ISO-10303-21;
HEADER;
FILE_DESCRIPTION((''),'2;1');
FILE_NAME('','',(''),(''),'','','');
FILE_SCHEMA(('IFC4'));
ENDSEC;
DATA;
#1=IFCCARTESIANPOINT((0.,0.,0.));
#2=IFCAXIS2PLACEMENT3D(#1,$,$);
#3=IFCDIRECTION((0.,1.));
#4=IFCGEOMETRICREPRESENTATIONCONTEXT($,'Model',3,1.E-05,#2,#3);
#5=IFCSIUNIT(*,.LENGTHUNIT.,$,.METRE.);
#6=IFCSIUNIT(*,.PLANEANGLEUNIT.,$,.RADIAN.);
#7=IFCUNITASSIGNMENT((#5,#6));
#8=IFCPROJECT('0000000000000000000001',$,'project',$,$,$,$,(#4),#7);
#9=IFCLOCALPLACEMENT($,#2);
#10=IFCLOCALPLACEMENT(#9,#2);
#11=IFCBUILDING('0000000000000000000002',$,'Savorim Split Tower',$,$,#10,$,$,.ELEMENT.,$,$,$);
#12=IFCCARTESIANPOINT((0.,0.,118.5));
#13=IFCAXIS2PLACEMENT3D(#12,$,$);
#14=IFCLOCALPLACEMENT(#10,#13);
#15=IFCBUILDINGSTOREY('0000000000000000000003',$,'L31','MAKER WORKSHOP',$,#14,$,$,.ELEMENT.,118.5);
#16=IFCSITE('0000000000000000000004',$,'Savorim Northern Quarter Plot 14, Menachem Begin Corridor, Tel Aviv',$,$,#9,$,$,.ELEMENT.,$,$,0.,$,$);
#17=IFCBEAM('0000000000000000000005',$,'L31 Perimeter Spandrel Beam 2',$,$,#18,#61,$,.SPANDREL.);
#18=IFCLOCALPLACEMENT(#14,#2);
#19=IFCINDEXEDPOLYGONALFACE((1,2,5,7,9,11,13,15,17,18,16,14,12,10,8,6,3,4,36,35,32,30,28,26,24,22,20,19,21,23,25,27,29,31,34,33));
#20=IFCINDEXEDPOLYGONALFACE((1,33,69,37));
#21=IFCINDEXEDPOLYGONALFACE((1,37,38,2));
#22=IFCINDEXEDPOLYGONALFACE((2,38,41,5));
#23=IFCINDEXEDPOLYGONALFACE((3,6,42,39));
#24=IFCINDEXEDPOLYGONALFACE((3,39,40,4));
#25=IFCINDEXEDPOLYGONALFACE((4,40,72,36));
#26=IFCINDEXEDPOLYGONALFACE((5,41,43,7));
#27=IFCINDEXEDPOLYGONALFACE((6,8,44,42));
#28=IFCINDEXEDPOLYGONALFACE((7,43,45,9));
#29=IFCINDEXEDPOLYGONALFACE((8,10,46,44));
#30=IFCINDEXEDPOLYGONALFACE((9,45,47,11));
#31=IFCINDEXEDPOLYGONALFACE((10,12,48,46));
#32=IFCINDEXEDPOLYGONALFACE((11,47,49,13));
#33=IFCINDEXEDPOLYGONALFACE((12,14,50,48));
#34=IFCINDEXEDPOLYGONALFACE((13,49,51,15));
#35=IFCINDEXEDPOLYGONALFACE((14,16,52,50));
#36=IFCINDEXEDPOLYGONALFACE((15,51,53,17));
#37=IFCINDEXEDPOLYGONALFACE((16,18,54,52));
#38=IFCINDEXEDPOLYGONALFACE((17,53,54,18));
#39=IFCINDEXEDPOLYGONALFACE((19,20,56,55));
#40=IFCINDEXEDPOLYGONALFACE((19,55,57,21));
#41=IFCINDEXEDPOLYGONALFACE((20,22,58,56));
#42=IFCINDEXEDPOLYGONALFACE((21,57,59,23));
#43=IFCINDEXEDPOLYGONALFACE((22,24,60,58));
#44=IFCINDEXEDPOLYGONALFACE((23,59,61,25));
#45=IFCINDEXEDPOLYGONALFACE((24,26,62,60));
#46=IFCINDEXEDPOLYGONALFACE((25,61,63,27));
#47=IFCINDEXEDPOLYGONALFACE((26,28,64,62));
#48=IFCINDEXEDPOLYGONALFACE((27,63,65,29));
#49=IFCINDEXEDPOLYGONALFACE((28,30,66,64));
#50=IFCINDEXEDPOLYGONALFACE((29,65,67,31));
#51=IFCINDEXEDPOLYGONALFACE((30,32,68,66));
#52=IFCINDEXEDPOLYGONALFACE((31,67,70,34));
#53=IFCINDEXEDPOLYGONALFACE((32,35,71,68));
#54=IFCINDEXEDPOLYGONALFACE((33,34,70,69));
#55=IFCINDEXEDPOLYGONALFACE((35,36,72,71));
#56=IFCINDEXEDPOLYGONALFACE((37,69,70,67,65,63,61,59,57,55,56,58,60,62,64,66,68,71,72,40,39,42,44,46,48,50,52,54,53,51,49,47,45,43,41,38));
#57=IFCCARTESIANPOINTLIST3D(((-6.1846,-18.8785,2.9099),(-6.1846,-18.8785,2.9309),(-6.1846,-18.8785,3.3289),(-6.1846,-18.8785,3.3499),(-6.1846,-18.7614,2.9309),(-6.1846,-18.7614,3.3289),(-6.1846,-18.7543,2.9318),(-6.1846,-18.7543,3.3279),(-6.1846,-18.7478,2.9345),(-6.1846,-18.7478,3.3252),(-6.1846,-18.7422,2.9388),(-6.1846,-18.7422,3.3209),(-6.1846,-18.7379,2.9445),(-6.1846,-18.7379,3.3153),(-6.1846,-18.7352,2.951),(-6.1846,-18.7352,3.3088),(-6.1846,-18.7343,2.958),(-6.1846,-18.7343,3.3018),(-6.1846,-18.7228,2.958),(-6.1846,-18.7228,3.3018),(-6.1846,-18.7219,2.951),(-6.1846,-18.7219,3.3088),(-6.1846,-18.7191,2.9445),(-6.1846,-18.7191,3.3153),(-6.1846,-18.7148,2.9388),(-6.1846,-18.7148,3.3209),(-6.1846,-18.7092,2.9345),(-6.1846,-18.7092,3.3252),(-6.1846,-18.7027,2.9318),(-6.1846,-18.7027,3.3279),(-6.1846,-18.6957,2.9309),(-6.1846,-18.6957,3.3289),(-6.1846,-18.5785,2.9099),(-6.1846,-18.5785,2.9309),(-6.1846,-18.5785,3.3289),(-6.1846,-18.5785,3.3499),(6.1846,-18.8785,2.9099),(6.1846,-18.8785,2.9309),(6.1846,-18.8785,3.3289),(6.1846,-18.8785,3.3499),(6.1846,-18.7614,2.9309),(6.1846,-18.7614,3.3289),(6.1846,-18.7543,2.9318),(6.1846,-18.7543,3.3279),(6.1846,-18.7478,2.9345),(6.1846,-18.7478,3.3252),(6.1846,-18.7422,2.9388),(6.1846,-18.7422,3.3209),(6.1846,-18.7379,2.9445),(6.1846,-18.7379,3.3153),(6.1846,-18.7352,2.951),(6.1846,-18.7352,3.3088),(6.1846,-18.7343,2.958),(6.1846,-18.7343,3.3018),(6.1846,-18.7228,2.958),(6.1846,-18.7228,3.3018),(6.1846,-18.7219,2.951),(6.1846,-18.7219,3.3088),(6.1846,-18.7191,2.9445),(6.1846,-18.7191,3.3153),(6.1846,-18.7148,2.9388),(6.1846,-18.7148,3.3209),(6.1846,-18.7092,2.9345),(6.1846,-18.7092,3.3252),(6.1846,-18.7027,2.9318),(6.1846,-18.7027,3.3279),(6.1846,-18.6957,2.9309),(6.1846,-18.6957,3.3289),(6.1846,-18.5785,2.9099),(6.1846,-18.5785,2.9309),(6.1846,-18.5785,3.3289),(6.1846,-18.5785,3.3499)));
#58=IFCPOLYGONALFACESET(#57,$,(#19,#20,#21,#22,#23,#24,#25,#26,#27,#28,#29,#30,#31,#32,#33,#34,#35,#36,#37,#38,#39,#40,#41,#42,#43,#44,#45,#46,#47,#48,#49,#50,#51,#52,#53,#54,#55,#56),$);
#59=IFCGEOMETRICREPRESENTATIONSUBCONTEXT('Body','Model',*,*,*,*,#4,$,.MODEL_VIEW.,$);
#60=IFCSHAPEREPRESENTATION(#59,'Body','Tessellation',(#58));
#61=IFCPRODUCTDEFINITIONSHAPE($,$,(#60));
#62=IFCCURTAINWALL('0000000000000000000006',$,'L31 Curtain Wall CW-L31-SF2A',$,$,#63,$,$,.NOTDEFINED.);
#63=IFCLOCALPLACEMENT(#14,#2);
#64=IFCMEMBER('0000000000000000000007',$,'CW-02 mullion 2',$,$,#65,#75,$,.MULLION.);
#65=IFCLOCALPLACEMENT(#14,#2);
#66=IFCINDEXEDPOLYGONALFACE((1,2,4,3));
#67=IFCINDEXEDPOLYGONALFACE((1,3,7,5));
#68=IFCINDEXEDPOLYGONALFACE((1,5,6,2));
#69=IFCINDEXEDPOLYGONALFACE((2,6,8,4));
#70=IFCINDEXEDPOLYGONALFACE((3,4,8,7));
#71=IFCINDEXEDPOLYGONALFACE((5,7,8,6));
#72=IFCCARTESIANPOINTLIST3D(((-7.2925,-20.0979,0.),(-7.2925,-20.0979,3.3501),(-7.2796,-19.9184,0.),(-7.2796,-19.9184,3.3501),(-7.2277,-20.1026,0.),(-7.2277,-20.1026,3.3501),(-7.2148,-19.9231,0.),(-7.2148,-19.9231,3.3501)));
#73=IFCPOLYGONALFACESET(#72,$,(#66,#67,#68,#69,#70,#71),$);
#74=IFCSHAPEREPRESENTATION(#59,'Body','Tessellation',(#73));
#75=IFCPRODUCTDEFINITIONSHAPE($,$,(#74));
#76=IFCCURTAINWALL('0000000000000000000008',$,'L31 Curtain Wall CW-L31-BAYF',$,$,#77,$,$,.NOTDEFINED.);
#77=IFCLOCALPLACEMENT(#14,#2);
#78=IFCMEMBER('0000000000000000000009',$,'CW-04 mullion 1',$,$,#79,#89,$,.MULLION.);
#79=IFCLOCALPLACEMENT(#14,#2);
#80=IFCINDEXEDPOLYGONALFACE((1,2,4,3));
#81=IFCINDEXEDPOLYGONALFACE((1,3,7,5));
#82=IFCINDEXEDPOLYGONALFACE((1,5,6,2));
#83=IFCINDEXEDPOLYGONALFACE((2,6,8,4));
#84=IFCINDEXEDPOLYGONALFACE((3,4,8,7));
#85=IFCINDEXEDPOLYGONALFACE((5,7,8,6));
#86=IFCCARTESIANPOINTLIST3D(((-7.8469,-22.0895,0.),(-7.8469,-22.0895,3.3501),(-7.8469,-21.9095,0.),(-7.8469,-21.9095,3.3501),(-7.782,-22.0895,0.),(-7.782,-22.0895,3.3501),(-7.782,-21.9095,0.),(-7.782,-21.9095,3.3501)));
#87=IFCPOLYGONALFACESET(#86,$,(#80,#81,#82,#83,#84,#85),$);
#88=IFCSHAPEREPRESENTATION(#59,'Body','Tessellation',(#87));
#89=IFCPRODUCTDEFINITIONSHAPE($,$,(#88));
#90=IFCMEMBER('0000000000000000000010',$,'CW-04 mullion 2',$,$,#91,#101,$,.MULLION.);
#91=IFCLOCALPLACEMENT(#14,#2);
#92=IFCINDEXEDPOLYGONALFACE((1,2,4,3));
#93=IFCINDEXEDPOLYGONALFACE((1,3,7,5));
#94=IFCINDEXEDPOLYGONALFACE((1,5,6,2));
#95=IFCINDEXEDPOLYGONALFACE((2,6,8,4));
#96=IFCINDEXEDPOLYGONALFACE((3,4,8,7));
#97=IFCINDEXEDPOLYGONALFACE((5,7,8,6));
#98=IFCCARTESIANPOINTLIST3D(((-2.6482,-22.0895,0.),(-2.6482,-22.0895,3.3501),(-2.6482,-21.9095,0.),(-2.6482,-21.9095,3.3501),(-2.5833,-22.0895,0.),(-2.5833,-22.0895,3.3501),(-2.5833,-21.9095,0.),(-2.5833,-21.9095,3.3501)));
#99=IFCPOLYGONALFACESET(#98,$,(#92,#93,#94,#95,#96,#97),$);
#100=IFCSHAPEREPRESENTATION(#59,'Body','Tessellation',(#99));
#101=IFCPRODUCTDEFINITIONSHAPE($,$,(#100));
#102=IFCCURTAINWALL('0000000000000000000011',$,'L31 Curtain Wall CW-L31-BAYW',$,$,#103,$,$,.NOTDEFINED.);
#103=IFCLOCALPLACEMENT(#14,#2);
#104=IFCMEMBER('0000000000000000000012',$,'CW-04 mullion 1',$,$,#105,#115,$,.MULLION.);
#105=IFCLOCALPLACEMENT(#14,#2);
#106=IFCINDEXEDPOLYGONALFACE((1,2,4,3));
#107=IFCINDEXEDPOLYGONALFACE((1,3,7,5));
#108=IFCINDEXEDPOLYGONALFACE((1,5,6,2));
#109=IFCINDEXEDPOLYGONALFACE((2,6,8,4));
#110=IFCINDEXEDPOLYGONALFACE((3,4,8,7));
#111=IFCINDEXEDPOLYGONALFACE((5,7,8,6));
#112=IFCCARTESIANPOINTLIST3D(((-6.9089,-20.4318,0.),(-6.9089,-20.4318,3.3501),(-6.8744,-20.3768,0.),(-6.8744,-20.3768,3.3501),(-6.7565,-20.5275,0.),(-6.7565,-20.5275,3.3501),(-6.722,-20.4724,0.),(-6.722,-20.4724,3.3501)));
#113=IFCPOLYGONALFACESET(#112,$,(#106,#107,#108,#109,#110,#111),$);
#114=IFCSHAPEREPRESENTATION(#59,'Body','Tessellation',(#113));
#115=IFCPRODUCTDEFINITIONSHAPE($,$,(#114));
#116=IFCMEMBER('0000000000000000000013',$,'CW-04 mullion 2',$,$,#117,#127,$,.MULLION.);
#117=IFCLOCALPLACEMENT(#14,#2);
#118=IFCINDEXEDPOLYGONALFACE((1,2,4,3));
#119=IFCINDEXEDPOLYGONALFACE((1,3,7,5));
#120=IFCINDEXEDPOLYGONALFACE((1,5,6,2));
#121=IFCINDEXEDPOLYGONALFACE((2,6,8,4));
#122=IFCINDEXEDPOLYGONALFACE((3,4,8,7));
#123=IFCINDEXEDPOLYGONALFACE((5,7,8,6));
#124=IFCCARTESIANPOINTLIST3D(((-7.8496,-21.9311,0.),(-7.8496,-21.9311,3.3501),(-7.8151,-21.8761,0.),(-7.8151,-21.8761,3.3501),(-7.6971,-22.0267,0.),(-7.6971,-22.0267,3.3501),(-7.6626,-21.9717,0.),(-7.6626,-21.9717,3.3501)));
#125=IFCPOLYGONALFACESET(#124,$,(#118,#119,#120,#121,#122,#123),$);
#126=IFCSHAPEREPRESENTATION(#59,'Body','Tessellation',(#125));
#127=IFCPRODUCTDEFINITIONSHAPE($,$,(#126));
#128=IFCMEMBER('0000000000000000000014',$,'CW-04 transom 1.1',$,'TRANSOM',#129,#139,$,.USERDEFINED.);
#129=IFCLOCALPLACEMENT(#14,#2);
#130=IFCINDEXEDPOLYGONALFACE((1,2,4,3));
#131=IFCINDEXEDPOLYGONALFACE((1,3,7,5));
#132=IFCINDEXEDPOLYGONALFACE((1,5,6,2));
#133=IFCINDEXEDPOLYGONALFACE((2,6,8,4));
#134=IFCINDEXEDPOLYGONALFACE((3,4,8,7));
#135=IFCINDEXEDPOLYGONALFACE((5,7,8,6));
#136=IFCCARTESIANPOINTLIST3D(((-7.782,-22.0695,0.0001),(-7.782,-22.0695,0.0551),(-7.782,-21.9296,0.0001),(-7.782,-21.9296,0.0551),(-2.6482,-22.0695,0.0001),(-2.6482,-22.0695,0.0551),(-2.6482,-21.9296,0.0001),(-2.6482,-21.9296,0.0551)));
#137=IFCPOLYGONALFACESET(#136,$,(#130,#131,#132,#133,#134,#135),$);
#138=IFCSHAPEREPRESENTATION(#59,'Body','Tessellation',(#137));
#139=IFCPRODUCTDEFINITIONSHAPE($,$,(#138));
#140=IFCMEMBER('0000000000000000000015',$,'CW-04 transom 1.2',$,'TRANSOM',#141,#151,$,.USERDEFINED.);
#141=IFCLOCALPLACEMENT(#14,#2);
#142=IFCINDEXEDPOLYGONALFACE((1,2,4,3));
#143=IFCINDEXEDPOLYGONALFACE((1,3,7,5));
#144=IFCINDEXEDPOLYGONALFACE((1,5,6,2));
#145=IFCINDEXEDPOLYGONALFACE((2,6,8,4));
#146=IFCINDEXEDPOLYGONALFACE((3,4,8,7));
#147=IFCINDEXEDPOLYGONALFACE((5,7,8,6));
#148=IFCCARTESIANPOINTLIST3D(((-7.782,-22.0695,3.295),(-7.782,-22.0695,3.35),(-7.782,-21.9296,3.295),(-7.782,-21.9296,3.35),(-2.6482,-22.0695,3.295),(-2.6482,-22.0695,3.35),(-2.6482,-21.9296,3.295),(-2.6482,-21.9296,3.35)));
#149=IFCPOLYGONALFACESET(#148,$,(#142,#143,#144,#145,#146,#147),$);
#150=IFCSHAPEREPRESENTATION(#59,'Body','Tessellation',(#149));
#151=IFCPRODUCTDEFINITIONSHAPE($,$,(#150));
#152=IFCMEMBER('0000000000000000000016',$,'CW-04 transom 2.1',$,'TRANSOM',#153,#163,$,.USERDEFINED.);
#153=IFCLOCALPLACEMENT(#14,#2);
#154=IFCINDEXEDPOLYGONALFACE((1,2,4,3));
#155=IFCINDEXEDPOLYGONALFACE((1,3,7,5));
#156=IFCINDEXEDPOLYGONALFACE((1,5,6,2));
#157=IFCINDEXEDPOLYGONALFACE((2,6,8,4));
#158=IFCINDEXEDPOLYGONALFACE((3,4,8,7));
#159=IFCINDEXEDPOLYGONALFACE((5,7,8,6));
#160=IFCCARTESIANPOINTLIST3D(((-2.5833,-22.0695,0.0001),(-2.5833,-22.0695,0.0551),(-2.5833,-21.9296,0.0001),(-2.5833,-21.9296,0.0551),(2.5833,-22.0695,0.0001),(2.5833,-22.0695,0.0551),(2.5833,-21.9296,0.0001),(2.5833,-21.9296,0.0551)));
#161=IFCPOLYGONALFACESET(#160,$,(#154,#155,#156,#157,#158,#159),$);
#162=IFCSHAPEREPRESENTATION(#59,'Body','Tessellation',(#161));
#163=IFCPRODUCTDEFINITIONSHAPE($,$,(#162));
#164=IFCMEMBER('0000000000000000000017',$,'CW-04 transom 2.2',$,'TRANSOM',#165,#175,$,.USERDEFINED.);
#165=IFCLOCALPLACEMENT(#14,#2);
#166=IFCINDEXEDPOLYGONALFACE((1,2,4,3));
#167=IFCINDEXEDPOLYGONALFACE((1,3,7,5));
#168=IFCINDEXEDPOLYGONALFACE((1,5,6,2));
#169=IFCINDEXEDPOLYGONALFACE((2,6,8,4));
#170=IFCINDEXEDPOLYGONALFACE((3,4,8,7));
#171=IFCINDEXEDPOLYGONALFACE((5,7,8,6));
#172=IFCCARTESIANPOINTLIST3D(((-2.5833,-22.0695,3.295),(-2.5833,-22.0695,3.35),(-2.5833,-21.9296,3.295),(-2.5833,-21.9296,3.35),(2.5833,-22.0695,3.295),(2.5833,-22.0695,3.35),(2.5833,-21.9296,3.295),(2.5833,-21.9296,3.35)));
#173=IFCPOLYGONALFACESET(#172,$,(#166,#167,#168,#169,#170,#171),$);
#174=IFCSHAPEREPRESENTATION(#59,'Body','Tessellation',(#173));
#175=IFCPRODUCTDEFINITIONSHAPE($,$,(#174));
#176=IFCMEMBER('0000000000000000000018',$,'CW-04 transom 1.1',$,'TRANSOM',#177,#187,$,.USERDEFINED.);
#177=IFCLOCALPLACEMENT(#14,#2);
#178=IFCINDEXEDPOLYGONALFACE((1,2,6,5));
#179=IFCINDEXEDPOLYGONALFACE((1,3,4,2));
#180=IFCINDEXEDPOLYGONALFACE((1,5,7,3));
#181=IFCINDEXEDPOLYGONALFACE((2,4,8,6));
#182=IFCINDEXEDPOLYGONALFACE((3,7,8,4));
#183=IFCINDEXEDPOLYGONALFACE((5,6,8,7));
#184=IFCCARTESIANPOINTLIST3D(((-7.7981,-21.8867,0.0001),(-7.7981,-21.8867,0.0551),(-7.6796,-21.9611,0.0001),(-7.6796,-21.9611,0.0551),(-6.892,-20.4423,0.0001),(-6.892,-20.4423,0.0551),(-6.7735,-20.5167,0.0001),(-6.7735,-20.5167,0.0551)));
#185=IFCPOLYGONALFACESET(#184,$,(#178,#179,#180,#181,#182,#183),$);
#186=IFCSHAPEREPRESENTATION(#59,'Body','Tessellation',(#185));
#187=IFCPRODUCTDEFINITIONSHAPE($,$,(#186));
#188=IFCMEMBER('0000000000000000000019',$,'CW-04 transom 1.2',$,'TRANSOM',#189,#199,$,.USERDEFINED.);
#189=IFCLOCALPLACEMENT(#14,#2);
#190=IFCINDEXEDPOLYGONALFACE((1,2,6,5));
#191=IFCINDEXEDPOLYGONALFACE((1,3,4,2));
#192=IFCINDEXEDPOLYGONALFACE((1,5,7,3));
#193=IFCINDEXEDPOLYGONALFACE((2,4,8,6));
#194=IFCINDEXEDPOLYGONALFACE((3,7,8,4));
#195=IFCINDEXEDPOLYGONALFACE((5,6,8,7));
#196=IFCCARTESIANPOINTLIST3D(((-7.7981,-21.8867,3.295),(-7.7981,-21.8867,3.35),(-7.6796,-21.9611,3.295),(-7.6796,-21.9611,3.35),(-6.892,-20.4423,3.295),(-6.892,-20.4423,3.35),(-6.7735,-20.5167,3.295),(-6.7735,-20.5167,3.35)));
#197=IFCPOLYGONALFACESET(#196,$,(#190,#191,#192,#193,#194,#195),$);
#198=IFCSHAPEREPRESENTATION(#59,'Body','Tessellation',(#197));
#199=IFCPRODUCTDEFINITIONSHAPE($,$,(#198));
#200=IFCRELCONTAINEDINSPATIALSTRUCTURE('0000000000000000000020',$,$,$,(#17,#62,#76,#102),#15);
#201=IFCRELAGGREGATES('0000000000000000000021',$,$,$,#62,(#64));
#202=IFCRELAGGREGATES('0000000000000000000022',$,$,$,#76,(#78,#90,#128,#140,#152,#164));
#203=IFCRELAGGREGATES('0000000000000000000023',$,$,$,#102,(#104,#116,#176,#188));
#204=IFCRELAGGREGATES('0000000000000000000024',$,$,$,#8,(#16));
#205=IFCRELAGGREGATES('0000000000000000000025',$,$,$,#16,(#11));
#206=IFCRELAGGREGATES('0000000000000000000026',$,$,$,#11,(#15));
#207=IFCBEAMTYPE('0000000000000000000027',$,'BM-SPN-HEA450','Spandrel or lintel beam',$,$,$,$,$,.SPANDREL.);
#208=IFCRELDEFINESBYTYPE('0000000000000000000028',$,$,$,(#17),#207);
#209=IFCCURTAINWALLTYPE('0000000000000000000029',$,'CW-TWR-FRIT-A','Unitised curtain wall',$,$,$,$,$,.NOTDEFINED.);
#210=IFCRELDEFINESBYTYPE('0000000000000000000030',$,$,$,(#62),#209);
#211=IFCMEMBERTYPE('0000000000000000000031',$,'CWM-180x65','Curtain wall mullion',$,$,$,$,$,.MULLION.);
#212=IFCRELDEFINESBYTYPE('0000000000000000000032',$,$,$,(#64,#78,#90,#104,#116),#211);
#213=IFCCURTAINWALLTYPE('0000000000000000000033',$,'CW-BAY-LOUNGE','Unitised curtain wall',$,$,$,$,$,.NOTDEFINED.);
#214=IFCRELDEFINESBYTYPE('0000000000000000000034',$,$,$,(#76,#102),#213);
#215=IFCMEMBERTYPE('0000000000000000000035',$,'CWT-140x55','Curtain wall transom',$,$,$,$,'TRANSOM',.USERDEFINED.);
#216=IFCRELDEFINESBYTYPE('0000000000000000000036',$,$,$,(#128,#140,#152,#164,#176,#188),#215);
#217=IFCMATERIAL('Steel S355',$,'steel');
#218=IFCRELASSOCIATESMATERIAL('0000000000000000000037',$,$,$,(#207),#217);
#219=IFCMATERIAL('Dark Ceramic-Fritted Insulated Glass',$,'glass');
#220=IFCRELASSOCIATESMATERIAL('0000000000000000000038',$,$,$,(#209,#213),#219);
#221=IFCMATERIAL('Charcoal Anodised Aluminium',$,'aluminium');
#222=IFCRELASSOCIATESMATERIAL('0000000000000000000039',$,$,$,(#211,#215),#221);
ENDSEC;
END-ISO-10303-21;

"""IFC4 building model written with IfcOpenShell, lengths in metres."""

from ifc_helpers import new_model, si_unit, direction, frame, origin, origin_2d, place, context, subcontext, project, spatial, rectangle, i_section, extrude, material, material_profile, profile_set, type_object, element, aggregate, save


model = new_model("IFC4")

# Units and contexts
model_context = context("Model", 3, precision=1e-05, world=origin(), true_north=direction((0.0, 1.0)))
body_context = subcontext(model_context, "Body", "Model", "MODEL_VIEW")
ifc_project = project(units=[si_unit("LENGTHUNIT", "METRE"), si_unit("PLANEANGLEUNIT", "RADIAN")], contexts=[model_context])

# Site, building, storey
site_placement = place(None, origin())
site = spatial("IfcSite", under=ifc_project, at=site_placement, Name="Savorim Northern Quarter Plot 14, Menachem Begin Corridor, Tel Aviv", CompositionType="ELEMENT", RefElevation=0.0)
building_placement = place(site_placement, origin())
building = spatial("IfcBuilding", under=site, at=building_placement, Name="Savorim Split Tower", CompositionType="ELEMENT")
storey_placement = place(building_placement, frame((0.0, 0.0, 118.5)))
storey = spatial("IfcBuildingStorey", under=building, at=storey_placement, Name="L31", Description="MAKER WORKSHOP", CompositionType="ELEMENT", Elevation=118.5)

# Beam
ifc_material_1 = material(Name="Steel S355", Category="steel")
ifc_material_profile_1 = material_profile(ifc_material_1, i_section(OverallWidth=0.3, OverallDepth=0.4399, WebThickness=0.0115, FlangeThickness=0.021, FilletRadius=0.0271, at=origin_2d()), Name="HEA 450")
ifc_profile_set_1 = profile_set([ifc_material_profile_1], Name="Steel S355")
beam_type_1 = type_object("IfcBeamType", Name="BM-SPN-HEA450", Description="Spandrel or lintel beam", PredefinedType="SPANDREL", material=ifc_profile_set_1)
beam_1_placement = place(storey_placement, frame((-6.1846, -18.7285, 3.1299), z_axis=(1.0, 0.0, 0.0), x_axis=(0.0, 1.0, 0.0)))
element("IfcBeam", 1, at=beam_1_placement, inside=storey, type_object=beam_type_1, Name="L31 Perimeter Spandrel Beam 2", PredefinedType="SPANDREL", context=body_context, shape_type="SweptSolid", body=[
    extrude(i_section(OverallWidth=0.3, OverallDepth=0.4399, WebThickness=0.0115, FlangeThickness=0.021, FilletRadius=0.0271, at=origin_2d()), origin(), (0.0, 0.0, 1.0), 12.3691),
])

# Curtain wall, member
ifc_material_2 = material(Name="Dark Ceramic-Fritted Insulated Glass", Category="glass")
curtain_wall_type_1 = type_object("IfcCurtainWallType", Name="CW-TWR-FRIT-A", Description="Unitised curtain wall", PredefinedType="NOTDEFINED", material=ifc_material_2)
curtain_wall_1_placement = place(storey_placement, origin())
curtain_wall_1 = element("IfcCurtainWall", 2, at=curtain_wall_1_placement, inside=storey, type_object=curtain_wall_type_1, Name="L31 Curtain Wall CW-L31-SF2A", PredefinedType="NOTDEFINED")
ifc_material_3 = material(Name="Charcoal Anodised Aluminium", Category="aluminium")
ifc_material_profile_2 = material_profile(ifc_material_3, rectangle(XDim=0.1799, YDim=0.0649, at=origin_2d()), Name="ALU-M 180x65")
ifc_profile_set_2 = profile_set([ifc_material_profile_2], Name="Charcoal Anodised Aluminium")
member_type_1 = type_object("IfcMemberType", Name="CWM-180x65", Description="Curtain wall mullion", PredefinedType="MULLION", material=ifc_profile_set_2)
member_1_placement = place(storey_placement, frame((-7.2537, -20.0105, 0.0), z_axis=(0.0, 0.0, 1.0), x_axis=(0.071549, 0.997437, 0.0)))
member_1 = element("IfcMember", 3, at=member_1_placement, type_object=member_type_1, Name="CW-02 mullion 2", PredefinedType="MULLION", context=body_context, shape_type="SweptSolid", body=[
    extrude(rectangle(XDim=0.1799, YDim=0.0649, at=origin_2d()), origin(), (0.0, 0.0, 1.0), 3.3501),
])
aggregate(curtain_wall_1, [member_1])

# Curtain walls, members
curtain_wall_type_2 = type_object("IfcCurtainWallType", Name="CW-BAY-LOUNGE", Description="Unitised curtain wall", PredefinedType="NOTDEFINED", material=ifc_material_2)
curtain_wall_2_placement = place(storey_placement, origin())
curtain_wall_2 = element("IfcCurtainWall", 4, at=curtain_wall_2_placement, inside=storey, type_object=curtain_wall_type_2, Name="L31 Curtain Wall CW-L31-BAYF", PredefinedType="NOTDEFINED")
member_2_placement = place(storey_placement, frame((-7.8145, -21.9995, 0.0), z_axis=(0.0, 0.0, 1.0), x_axis=(0.0, 1.0, 0.0)))
member_2 = element("IfcMember", 5, at=member_2_placement, type_object=member_type_1, Name="CW-04 mullion 1", PredefinedType="MULLION", context=body_context, shape_type="SweptSolid", body=[
    extrude(rectangle(XDim=0.1799, YDim=0.0649, at=origin_2d()), origin(), (0.0, 0.0, 1.0), 3.3501),
])
member_3_placement = place(storey_placement, frame((-2.6157, -21.9995, 0.0), z_axis=(0.0, 0.0, 1.0), x_axis=(0.0, 1.0, 0.0)))
member_3 = element("IfcMember", 6, at=member_3_placement, type_object=member_type_1, Name="CW-04 mullion 2", PredefinedType="MULLION", context=body_context, shape_type="SweptSolid", body=[
    extrude(rectangle(XDim=0.1799, YDim=0.0649, at=origin_2d()), origin(), (0.0, 0.0, 1.0), 3.3501),
])
curtain_wall_3_placement = place(storey_placement, origin())
curtain_wall_3 = element("IfcCurtainWall", 7, at=curtain_wall_3_placement, inside=storey, type_object=curtain_wall_type_2, Name="L31 Curtain Wall CW-L31-BAYW", PredefinedType="NOTDEFINED")
member_4_placement = place(storey_placement, frame((-6.8154, -20.4521, 0.0), z_axis=(0.0, 0.0, 1.0), x_axis=(0.847131, -0.531384, 0.0)))
member_4 = element("IfcMember", 8, at=member_4_placement, type_object=member_type_1, Name="CW-04 mullion 1", PredefinedType="MULLION", context=body_context, shape_type="SweptSolid", body=[
    extrude(rectangle(XDim=0.1799, YDim=0.0649, at=origin_2d()), origin(), (0.0, 0.0, 1.0), 3.3501),
])
member_5_placement = place(storey_placement, frame((-7.7561, -21.9514, 0.0), z_axis=(0.0, 0.0, 1.0), x_axis=(0.847131, -0.531384, 0.0)))
member_5 = element("IfcMember", 9, at=member_5_placement, type_object=member_type_1, Name="CW-04 mullion 2", PredefinedType="MULLION", context=body_context, shape_type="SweptSolid", body=[
    extrude(rectangle(XDim=0.1799, YDim=0.0649, at=origin_2d()), origin(), (0.0, 0.0, 1.0), 3.3501),
])

# Members
ifc_material_profile_3 = material_profile(ifc_material_3, rectangle(XDim=0.1399, YDim=0.0549, at=origin_2d()), Name="ALU-T 140x55")
ifc_profile_set_3 = profile_set([ifc_material_profile_3], Name="Charcoal Anodised Aluminium")
member_type_2 = type_object("IfcMemberType", Name="CWT-140x55", Description="Curtain wall transom", ElementType="TRANSOM", PredefinedType="USERDEFINED", material=ifc_profile_set_3)
member_6_placement = place(storey_placement, frame((-7.782, -21.9995, 0.0276), z_axis=(1.0, 0.0, 0.0), x_axis=(0.0, 1.0, 0.0)))
member_6 = element("IfcMember", 10, at=member_6_placement, type_object=member_type_2, Name="CW-04 transom 1.1", ObjectType="TRANSOM", PredefinedType="USERDEFINED", context=body_context, shape_type="SweptSolid", body=[
    extrude(rectangle(XDim=0.1399, YDim=0.0549, at=origin_2d()), origin(), (0.0, 0.0, 1.0), 5.1338),
])
member_7_placement = place(storey_placement, frame((-7.782, -21.9995, 3.3225), z_axis=(1.0, 0.0, 0.0), x_axis=(0.0, 1.0, 0.0)))
member_7 = element("IfcMember", 11, at=member_7_placement, type_object=member_type_2, Name="CW-04 transom 1.2", ObjectType="TRANSOM", PredefinedType="USERDEFINED", context=body_context, shape_type="SweptSolid", body=[
    extrude(rectangle(XDim=0.1399, YDim=0.0549, at=origin_2d()), origin(), (0.0, 0.0, 1.0), 5.1338),
])
member_8_placement = place(storey_placement, frame((-2.5833, -21.9995, 0.0276), z_axis=(1.0, 0.0, 0.0), x_axis=(0.0, 1.0, 0.0)))
member_8 = element("IfcMember", 12, at=member_8_placement, type_object=member_type_2, Name="CW-04 transom 2.1", ObjectType="TRANSOM", PredefinedType="USERDEFINED", context=body_context, shape_type="SweptSolid", body=[
    extrude(rectangle(XDim=0.1399, YDim=0.0549, at=origin_2d()), origin(), (0.0, 0.0, 1.0), 5.1665),
])
member_9_placement = place(storey_placement, frame((-2.5833, -21.9995, 3.3225), z_axis=(1.0, 0.0, 0.0), x_axis=(0.0, 1.0, 0.0)))
member_9 = element("IfcMember", 13, at=member_9_placement, type_object=member_type_2, Name="CW-04 transom 2.2", ObjectType="TRANSOM", PredefinedType="USERDEFINED", context=body_context, shape_type="SweptSolid", body=[
    extrude(rectangle(XDim=0.1399, YDim=0.0549, at=origin_2d()), origin(), (0.0, 0.0, 1.0), 5.1665),
])
member_10_placement = place(storey_placement, frame((-6.8328, -20.4795, 0.0276), z_axis=(-0.531388, -0.847128, 0.0), x_axis=(0.847128, -0.531388, 0.0)))
member_10 = element("IfcMember", 14, at=member_10_placement, type_object=member_type_2, Name="CW-04 transom 1.1", ObjectType="TRANSOM", PredefinedType="USERDEFINED", context=body_context, shape_type="SweptSolid", body=[
    extrude(rectangle(XDim=0.1399, YDim=0.0549, at=origin_2d()), origin(), (0.0, 0.0, 1.0), 1.7051),
])
member_11_placement = place(storey_placement, frame((-6.8328, -20.4795, 3.3225), z_axis=(-0.531388, -0.847128, 0.0), x_axis=(0.847128, -0.531388, 0.0)))
member_11 = element("IfcMember", 15, at=member_11_placement, type_object=member_type_2, Name="CW-04 transom 1.2", ObjectType="TRANSOM", PredefinedType="USERDEFINED", context=body_context, shape_type="SweptSolid", body=[
    extrude(rectangle(XDim=0.1399, YDim=0.0549, at=origin_2d()), origin(), (0.0, 0.0, 1.0), 1.7051),
])

aggregate(curtain_wall_2, [member_2, member_3, member_6, member_7, member_8, member_9])
aggregate(curtain_wall_3, [member_4, member_5, member_10, member_11])

save(model, "model.ifc")
